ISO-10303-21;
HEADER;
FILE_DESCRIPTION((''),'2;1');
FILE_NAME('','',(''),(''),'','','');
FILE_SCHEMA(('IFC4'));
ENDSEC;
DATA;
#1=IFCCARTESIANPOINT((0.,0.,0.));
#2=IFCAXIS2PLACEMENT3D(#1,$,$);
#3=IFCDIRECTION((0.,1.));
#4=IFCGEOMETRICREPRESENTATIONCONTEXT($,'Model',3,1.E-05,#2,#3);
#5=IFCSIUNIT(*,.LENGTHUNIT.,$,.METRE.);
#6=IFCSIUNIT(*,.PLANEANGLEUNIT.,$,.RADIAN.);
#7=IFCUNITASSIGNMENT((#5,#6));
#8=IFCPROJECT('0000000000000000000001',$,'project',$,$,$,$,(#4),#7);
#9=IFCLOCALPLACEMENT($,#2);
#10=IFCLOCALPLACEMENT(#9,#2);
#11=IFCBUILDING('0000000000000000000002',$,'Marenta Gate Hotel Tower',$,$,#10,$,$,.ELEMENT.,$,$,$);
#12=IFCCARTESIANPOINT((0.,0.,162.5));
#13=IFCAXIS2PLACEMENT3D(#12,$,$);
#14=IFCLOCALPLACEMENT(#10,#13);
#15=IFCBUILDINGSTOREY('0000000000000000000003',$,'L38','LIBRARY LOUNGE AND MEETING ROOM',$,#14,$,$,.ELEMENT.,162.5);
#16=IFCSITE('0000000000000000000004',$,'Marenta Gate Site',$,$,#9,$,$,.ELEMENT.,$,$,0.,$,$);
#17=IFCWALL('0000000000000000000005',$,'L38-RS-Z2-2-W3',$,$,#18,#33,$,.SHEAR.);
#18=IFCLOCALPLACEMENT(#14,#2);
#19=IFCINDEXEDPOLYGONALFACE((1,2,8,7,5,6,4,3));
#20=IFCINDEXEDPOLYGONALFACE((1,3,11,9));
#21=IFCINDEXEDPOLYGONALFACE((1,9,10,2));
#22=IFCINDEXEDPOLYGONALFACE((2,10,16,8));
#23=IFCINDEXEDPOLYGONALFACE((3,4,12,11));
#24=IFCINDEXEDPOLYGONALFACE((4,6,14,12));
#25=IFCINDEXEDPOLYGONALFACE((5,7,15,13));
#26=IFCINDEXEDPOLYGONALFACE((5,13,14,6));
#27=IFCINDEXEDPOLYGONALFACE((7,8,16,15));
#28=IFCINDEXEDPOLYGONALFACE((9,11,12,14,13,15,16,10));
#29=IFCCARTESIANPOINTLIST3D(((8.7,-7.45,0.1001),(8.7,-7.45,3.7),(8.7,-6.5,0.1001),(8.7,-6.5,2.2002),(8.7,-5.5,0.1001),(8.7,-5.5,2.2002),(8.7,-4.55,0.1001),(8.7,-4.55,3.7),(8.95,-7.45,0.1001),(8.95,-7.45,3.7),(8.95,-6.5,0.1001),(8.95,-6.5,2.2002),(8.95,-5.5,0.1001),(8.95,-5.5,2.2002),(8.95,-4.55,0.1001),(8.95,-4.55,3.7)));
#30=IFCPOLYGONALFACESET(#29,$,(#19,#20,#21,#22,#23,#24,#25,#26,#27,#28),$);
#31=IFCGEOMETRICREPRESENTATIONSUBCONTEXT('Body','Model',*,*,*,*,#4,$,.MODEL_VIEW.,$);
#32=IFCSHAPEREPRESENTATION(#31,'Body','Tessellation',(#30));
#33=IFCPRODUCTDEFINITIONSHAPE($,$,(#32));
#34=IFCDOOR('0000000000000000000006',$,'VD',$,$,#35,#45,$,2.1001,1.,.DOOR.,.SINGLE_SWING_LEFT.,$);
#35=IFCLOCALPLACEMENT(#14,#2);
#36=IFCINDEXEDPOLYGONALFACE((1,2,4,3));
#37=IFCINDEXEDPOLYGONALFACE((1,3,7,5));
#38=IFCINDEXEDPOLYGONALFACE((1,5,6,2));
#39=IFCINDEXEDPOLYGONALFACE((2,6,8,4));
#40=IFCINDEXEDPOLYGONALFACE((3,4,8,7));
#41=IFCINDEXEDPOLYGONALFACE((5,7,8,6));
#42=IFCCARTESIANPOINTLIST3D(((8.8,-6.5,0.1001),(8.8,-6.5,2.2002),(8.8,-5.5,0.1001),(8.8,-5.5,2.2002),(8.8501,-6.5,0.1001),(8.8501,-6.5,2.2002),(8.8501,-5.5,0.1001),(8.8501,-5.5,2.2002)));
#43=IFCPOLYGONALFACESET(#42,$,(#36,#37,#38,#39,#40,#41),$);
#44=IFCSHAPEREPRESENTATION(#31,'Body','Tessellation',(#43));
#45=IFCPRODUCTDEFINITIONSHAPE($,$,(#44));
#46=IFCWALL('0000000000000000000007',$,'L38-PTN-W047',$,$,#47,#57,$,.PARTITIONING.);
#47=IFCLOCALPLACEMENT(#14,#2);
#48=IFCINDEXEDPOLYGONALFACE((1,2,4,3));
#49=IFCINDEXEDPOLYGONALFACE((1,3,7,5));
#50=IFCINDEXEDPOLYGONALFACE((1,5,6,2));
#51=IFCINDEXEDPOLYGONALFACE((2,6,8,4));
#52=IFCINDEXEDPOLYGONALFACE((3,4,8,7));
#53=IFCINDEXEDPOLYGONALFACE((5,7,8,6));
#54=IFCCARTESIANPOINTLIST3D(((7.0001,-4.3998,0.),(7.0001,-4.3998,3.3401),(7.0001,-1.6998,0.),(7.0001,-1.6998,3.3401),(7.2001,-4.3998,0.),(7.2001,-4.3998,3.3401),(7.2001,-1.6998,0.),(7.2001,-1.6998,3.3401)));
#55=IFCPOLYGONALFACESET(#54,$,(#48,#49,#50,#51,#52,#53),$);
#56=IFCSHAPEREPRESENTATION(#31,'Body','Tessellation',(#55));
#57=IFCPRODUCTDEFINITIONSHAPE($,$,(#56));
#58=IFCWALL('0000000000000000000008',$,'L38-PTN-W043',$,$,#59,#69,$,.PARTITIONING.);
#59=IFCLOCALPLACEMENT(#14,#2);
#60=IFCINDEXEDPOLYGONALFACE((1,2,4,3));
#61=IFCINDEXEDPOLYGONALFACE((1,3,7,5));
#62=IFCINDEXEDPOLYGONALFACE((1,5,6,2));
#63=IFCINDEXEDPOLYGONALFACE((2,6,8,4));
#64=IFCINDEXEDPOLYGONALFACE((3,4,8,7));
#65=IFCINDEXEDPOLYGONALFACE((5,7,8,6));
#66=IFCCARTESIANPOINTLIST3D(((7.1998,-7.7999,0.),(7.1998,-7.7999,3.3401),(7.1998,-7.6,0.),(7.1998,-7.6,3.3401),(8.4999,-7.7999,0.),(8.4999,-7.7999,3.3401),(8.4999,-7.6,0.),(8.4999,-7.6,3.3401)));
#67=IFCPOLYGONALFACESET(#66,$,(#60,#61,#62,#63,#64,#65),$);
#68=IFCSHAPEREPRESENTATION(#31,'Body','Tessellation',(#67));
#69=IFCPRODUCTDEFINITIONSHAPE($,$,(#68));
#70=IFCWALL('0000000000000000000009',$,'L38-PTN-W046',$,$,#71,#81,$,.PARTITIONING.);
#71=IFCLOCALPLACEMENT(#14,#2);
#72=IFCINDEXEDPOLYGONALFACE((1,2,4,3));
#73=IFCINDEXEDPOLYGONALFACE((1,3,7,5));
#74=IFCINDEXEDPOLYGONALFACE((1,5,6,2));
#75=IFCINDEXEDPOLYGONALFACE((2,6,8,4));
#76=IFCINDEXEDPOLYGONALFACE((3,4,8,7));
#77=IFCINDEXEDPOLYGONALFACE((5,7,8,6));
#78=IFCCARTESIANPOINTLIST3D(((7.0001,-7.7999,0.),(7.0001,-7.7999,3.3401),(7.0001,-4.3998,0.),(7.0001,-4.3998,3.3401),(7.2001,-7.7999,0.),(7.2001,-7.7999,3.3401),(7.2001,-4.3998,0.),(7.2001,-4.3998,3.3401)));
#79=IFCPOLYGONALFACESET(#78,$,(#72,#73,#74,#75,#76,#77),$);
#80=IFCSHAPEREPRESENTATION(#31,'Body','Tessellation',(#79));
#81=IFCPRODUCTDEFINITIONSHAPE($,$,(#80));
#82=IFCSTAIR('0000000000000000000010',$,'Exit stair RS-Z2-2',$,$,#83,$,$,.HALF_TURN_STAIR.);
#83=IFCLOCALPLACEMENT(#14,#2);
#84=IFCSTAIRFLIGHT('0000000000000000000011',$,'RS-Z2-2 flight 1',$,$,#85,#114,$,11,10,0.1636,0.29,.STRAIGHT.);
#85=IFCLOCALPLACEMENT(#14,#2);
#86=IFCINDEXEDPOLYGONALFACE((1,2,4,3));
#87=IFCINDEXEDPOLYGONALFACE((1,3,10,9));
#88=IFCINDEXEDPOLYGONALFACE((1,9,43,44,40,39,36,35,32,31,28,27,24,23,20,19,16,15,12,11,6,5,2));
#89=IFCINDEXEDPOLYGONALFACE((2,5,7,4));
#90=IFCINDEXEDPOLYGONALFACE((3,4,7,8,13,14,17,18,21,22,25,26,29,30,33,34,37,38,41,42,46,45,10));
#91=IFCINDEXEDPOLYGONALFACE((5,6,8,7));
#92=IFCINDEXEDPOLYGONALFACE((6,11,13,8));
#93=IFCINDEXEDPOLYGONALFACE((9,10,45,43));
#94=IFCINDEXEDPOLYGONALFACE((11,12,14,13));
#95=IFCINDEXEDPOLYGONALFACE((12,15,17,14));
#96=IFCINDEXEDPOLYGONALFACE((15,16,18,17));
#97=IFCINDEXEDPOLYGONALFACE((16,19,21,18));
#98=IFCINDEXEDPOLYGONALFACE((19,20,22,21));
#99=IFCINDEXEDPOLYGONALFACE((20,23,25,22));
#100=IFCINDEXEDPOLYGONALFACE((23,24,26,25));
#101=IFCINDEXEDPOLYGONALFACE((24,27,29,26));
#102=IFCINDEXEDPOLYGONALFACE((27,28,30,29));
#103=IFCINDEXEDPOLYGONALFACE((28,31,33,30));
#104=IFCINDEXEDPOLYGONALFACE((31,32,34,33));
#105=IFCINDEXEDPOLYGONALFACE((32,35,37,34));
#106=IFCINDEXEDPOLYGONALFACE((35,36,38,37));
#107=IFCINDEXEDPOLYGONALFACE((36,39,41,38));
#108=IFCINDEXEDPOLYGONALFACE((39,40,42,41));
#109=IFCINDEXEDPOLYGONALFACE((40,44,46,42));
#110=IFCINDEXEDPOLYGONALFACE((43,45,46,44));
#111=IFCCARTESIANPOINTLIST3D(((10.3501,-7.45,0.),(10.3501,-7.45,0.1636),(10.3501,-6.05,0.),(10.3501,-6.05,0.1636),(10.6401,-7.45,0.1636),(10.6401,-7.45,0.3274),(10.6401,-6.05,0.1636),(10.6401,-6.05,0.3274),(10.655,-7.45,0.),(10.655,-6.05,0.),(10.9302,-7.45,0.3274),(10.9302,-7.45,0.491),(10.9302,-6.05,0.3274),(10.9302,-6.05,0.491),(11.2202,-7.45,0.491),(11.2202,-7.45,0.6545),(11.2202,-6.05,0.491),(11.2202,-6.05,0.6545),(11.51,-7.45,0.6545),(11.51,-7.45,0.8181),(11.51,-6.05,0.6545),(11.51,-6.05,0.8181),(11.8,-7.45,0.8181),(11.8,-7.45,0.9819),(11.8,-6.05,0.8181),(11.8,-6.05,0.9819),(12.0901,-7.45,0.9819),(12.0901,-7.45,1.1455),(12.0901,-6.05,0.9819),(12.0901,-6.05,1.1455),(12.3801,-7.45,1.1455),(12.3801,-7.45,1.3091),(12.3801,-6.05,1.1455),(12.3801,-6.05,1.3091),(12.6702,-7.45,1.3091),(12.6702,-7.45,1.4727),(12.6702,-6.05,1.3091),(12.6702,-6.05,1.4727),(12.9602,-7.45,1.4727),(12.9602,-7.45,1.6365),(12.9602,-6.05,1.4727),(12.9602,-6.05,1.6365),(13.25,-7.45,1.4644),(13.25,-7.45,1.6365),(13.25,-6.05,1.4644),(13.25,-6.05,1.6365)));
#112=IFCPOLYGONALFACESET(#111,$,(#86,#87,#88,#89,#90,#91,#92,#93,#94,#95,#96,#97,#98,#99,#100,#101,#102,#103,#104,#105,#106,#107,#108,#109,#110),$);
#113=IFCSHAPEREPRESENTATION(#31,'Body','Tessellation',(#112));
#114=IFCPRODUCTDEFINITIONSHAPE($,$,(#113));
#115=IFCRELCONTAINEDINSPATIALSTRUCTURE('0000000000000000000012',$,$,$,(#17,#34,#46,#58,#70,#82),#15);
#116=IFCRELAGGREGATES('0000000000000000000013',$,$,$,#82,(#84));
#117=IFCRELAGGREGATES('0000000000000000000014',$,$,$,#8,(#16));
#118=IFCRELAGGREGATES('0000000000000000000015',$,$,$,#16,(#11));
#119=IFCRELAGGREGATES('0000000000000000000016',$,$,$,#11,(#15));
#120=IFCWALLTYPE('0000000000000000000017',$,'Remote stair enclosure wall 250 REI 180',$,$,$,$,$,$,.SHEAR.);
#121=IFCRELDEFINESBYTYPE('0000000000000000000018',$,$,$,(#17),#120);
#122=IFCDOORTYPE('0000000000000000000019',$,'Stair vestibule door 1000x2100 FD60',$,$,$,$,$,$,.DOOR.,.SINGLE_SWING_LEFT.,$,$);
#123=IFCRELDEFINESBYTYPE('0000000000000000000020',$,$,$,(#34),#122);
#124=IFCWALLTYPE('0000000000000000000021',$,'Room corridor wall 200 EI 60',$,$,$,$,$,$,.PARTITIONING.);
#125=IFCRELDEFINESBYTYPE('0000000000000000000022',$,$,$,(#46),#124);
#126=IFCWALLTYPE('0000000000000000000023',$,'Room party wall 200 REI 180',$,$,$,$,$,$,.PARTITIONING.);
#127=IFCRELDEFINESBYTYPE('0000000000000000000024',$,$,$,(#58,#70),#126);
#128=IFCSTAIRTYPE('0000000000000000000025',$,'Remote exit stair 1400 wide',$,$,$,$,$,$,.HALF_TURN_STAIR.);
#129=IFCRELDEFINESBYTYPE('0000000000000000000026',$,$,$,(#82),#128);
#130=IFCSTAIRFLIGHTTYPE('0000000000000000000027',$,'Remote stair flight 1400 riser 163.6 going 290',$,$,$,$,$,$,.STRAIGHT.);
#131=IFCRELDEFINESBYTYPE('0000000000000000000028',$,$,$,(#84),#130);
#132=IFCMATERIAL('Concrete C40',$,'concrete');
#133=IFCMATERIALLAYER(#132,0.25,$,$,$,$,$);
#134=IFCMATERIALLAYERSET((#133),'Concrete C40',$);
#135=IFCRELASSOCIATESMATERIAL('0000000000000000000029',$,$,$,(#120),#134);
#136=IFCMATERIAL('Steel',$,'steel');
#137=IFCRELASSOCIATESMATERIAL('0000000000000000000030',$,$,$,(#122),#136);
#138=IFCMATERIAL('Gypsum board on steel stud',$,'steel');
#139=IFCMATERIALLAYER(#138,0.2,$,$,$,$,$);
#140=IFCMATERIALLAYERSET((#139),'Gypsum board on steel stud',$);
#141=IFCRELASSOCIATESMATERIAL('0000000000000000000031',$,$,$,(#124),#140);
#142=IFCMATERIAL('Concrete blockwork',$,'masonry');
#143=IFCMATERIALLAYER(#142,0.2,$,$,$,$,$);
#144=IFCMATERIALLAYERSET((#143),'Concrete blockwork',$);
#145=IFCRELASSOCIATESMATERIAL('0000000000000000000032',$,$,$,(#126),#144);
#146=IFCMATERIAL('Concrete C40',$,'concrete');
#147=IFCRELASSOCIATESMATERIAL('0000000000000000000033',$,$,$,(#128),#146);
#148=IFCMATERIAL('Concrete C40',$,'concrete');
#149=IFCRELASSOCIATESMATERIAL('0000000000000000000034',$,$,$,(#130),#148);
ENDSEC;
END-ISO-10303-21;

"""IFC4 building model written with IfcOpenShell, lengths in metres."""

from ifc_helpers import new_model, si_unit, direction, frame, frame_2d, origin, place, context, subcontext, project, spatial, polyline, rectangle, outline, extrude, material, layer, layer_set, type_object, element, fill, aggregate, save


model = new_model("IFC4")

# Units and contexts
model_context = context("Model", 3, precision=1e-05, world=origin(), true_north=direction((0.0, 1.0)))
body_context = subcontext(model_context, "Body", "Model", "MODEL_VIEW")
ifc_project = project(units=[si_unit("LENGTHUNIT", "METRE"), si_unit("PLANEANGLEUNIT", "RADIAN")], contexts=[model_context])

# Site, building, storey
site_placement = place(None, origin())
site = spatial("IfcSite", under=ifc_project, at=site_placement, Name="Marenta Gate Site", CompositionType="ELEMENT", RefElevation=0.0)
building_placement = place(site_placement, origin())
building = spatial("IfcBuilding", under=site, at=building_placement, Name="Marenta Gate Hotel Tower", CompositionType="ELEMENT")
storey_placement = place(building_placement, frame((0.0, 0.0, 162.5)))
storey = spatial("IfcBuildingStorey", under=building, at=storey_placement, Name="L38", Description="LIBRARY LOUNGE AND MEETING ROOM", CompositionType="ELEMENT", Elevation=162.5)

# Shared definitions
ifc_material_1 = material(Name="Concrete C40", Category="concrete")
ifc_layer_1 = layer(ifc_material_1, 0.25)
ifc_layer_set_1 = layer_set([ifc_layer_1], Name="Concrete C40")
wall_type_1 = type_object("IfcWallType", Name="Remote stair enclosure wall 250 REI 180", PredefinedType="SHEAR", material=ifc_layer_set_1)

# Wall, opening, door
wall_1_placement = place(storey_placement, frame((8.825, -7.45, 0.1001), z_axis=(0.0, 0.0, 1.0), x_axis=(0.0, 1.0, 0.0)))
wall_1 = element("IfcWall", 1, at=wall_1_placement, inside=storey, type_object=wall_type_1, Name="L38-RS-Z2-2-W3", PredefinedType="SHEAR", context=body_context, shape_type="SweptSolid", body=[
    extrude(rectangle(XDim=2.8999, YDim=0.25, at=frame_2d((1.45, 0.0))), origin(), (0.0, 0.0, 1.0), 3.5999),
])
opening_1_placement = place(wall_1_placement, frame((0.95, 0.0, 0.0)))
opening_1 = element("IfcOpeningElement", 2, at=opening_1_placement, cuts=wall_1, PredefinedType="OPENING", context=body_context, shape_type="SweptSolid", body=[
    extrude(rectangle(XDim=1.0, YDim=2.1001, at=frame_2d((0.5, 1.05))), frame((0.0, 0.125, 0.0), z_axis=(0.0, -1.0, 0.0), x_axis=(1.0, 0.0, 0.0)), (0.0, 0.0, 1.0), 0.25),
])
ifc_material_2 = material(Name="Steel", Category="steel")
door_type_1 = type_object("IfcDoorType", Name="Stair vestibule door 1000x2100 FD60", OperationType="SINGLE_SWING_LEFT", PredefinedType="DOOR", material=ifc_material_2)
door_1_placement = place(opening_1_placement, origin())
door_1 = element("IfcDoor", 3, at=door_1_placement, inside=storey, type_object=door_type_1, Name="VD", OperationType="SINGLE_SWING_LEFT", OverallHeight=2.1001, OverallWidth=1.0, PredefinedType="DOOR", context=body_context, shape_type="SweptSolid", body=[
    extrude(rectangle(XDim=1.0, YDim=2.1001, at=frame_2d((0.5, 1.05))), frame((0.0, 0.0249, 0.0), z_axis=(0.0, -1.0, 0.0), x_axis=(1.0, 0.0, 0.0)), (0.0, 0.0, 1.0), 0.05),
])
fill(opening_1, door_1)
ifc_material_3 = material(Name="Gypsum board on steel stud", Category="steel")
ifc_layer_2 = layer(ifc_material_3, 0.2)
ifc_layer_set_2 = layer_set([ifc_layer_2], Name="Gypsum board on steel stud")
wall_type_2 = type_object("IfcWallType", Name="Room corridor wall 200 EI 60", PredefinedType="PARTITIONING", material=ifc_layer_set_2)

# Wall
wall_2_placement = place(storey_placement, frame((7.1001, -4.3999, 0.0), z_axis=(0.0, 0.0, 1.0), x_axis=(0.0, 1.0, 0.0)))
element("IfcWall", 4, at=wall_2_placement, inside=storey, type_object=wall_type_2, Name="L38-PTN-W047", PredefinedType="PARTITIONING", context=body_context, shape_type="SweptSolid", body=[
    extrude(rectangle(XDim=2.7, YDim=0.2, at=frame_2d((1.3501, 0.0))), origin(), (0.0, 0.0, 1.0), 3.3401),
])

# Walls
ifc_material_4 = material(Name="Concrete blockwork", Category="masonry")
ifc_layer_3 = layer(ifc_material_4, 0.2)
ifc_layer_set_3 = layer_set([ifc_layer_3], Name="Concrete blockwork")
wall_type_3 = type_object("IfcWallType", Name="Room party wall 200 REI 180", PredefinedType="PARTITIONING", material=ifc_layer_set_3)
wall_3_placement = place(storey_placement, frame((7.2, -7.7, 0.0), z_axis=(0.0, 0.0, 1.0), x_axis=(1.0, 0.0, 0.0)))
element("IfcWall", 5, at=wall_3_placement, inside=storey, type_object=wall_type_3, Name="L38-PTN-W043", PredefinedType="PARTITIONING", context=body_context, shape_type="SweptSolid", body=[
    extrude(rectangle(XDim=1.3, YDim=0.2, at=frame_2d((0.6499, 0.0))), origin(), (0.0, 0.0, 1.0), 3.3401),
])
wall_4_placement = place(storey_placement, frame((7.1001, -7.8, 0.0), z_axis=(0.0, 0.0, 1.0), x_axis=(0.0, 1.0, 0.0)))
element("IfcWall", 6, at=wall_4_placement, inside=storey, type_object=wall_type_3, Name="L38-PTN-W046", PredefinedType="PARTITIONING", context=body_context, shape_type="SweptSolid", body=[
    extrude(rectangle(XDim=3.4001, YDim=0.2, at=frame_2d((1.7002, 0.0))), origin(), (0.0, 0.0, 1.0), 3.3401),
])

# Stair, stair flight
ifc_material_5 = material(Name="Concrete C40", Category="concrete")
stair_type = type_object("IfcStairType", Name="Remote exit stair 1400 wide", PredefinedType="HALF_TURN_STAIR", material=ifc_material_5)
stair_placement = place(storey_placement, origin())
stair = element("IfcStair", 7, at=stair_placement, inside=storey, type_object=stair_type, Name="Exit stair RS-Z2-2", PredefinedType="HALF_TURN_STAIR")
ifc_material_6 = material(Name="Concrete C40", Category="concrete")
stair_flight_type = type_object("IfcStairFlightType", Name="Remote stair flight 1400 riser 163.6 going 290", PredefinedType="STRAIGHT", material=ifc_material_6)
stair_flight_placement = place(storey_placement, frame((10.3501, -6.75, 0.0), z_axis=(0.0, 0.0, 1.0), x_axis=(1.0, 0.0, 0.0)))
stair_flight = element("IfcStairFlight", 8, at=stair_flight_placement, type_object=stair_flight_type, Name="RS-Z2-2 flight 1", NumberOfRisers=11, NumberOfTreads=10, PredefinedType="STRAIGHT", RiserHeight=0.1636, TreadLength=0.29, context=body_context, shape_type="SweptSolid", body=[
    extrude(outline(polyline([(0.0, 0.0), (0.0, 0.1636), (0.29, 0.1636), (0.29, 0.3274), (0.5801, 0.3274), (0.5801, 0.491), (0.8701, 0.491), (0.8701, 0.6545), (1.1599, 0.6545), (1.1599, 0.8181), (1.45, 0.8181), (1.45, 0.9819), (1.74, 0.9819), (1.74, 1.1455), (2.03, 1.1455), (2.03, 1.3091), (2.3201, 1.3091), (2.3201, 1.4727), (2.6101, 1.4727), (2.6101, 1.6365), (2.8999, 1.6365), (2.8999, 1.8), (2.8999, 1.4644), (0.3049, 0.0), (0.0, 0.0)])), frame((0.0, 0.7, 0.0), z_axis=(0.0, -1.0, 0.0), x_axis=(1.0, 0.0, 0.0)), (0.0, 0.0, 1.0), 1.3999),
])
aggregate(stair, [stair_flight])

save(model, "model.ifc")
